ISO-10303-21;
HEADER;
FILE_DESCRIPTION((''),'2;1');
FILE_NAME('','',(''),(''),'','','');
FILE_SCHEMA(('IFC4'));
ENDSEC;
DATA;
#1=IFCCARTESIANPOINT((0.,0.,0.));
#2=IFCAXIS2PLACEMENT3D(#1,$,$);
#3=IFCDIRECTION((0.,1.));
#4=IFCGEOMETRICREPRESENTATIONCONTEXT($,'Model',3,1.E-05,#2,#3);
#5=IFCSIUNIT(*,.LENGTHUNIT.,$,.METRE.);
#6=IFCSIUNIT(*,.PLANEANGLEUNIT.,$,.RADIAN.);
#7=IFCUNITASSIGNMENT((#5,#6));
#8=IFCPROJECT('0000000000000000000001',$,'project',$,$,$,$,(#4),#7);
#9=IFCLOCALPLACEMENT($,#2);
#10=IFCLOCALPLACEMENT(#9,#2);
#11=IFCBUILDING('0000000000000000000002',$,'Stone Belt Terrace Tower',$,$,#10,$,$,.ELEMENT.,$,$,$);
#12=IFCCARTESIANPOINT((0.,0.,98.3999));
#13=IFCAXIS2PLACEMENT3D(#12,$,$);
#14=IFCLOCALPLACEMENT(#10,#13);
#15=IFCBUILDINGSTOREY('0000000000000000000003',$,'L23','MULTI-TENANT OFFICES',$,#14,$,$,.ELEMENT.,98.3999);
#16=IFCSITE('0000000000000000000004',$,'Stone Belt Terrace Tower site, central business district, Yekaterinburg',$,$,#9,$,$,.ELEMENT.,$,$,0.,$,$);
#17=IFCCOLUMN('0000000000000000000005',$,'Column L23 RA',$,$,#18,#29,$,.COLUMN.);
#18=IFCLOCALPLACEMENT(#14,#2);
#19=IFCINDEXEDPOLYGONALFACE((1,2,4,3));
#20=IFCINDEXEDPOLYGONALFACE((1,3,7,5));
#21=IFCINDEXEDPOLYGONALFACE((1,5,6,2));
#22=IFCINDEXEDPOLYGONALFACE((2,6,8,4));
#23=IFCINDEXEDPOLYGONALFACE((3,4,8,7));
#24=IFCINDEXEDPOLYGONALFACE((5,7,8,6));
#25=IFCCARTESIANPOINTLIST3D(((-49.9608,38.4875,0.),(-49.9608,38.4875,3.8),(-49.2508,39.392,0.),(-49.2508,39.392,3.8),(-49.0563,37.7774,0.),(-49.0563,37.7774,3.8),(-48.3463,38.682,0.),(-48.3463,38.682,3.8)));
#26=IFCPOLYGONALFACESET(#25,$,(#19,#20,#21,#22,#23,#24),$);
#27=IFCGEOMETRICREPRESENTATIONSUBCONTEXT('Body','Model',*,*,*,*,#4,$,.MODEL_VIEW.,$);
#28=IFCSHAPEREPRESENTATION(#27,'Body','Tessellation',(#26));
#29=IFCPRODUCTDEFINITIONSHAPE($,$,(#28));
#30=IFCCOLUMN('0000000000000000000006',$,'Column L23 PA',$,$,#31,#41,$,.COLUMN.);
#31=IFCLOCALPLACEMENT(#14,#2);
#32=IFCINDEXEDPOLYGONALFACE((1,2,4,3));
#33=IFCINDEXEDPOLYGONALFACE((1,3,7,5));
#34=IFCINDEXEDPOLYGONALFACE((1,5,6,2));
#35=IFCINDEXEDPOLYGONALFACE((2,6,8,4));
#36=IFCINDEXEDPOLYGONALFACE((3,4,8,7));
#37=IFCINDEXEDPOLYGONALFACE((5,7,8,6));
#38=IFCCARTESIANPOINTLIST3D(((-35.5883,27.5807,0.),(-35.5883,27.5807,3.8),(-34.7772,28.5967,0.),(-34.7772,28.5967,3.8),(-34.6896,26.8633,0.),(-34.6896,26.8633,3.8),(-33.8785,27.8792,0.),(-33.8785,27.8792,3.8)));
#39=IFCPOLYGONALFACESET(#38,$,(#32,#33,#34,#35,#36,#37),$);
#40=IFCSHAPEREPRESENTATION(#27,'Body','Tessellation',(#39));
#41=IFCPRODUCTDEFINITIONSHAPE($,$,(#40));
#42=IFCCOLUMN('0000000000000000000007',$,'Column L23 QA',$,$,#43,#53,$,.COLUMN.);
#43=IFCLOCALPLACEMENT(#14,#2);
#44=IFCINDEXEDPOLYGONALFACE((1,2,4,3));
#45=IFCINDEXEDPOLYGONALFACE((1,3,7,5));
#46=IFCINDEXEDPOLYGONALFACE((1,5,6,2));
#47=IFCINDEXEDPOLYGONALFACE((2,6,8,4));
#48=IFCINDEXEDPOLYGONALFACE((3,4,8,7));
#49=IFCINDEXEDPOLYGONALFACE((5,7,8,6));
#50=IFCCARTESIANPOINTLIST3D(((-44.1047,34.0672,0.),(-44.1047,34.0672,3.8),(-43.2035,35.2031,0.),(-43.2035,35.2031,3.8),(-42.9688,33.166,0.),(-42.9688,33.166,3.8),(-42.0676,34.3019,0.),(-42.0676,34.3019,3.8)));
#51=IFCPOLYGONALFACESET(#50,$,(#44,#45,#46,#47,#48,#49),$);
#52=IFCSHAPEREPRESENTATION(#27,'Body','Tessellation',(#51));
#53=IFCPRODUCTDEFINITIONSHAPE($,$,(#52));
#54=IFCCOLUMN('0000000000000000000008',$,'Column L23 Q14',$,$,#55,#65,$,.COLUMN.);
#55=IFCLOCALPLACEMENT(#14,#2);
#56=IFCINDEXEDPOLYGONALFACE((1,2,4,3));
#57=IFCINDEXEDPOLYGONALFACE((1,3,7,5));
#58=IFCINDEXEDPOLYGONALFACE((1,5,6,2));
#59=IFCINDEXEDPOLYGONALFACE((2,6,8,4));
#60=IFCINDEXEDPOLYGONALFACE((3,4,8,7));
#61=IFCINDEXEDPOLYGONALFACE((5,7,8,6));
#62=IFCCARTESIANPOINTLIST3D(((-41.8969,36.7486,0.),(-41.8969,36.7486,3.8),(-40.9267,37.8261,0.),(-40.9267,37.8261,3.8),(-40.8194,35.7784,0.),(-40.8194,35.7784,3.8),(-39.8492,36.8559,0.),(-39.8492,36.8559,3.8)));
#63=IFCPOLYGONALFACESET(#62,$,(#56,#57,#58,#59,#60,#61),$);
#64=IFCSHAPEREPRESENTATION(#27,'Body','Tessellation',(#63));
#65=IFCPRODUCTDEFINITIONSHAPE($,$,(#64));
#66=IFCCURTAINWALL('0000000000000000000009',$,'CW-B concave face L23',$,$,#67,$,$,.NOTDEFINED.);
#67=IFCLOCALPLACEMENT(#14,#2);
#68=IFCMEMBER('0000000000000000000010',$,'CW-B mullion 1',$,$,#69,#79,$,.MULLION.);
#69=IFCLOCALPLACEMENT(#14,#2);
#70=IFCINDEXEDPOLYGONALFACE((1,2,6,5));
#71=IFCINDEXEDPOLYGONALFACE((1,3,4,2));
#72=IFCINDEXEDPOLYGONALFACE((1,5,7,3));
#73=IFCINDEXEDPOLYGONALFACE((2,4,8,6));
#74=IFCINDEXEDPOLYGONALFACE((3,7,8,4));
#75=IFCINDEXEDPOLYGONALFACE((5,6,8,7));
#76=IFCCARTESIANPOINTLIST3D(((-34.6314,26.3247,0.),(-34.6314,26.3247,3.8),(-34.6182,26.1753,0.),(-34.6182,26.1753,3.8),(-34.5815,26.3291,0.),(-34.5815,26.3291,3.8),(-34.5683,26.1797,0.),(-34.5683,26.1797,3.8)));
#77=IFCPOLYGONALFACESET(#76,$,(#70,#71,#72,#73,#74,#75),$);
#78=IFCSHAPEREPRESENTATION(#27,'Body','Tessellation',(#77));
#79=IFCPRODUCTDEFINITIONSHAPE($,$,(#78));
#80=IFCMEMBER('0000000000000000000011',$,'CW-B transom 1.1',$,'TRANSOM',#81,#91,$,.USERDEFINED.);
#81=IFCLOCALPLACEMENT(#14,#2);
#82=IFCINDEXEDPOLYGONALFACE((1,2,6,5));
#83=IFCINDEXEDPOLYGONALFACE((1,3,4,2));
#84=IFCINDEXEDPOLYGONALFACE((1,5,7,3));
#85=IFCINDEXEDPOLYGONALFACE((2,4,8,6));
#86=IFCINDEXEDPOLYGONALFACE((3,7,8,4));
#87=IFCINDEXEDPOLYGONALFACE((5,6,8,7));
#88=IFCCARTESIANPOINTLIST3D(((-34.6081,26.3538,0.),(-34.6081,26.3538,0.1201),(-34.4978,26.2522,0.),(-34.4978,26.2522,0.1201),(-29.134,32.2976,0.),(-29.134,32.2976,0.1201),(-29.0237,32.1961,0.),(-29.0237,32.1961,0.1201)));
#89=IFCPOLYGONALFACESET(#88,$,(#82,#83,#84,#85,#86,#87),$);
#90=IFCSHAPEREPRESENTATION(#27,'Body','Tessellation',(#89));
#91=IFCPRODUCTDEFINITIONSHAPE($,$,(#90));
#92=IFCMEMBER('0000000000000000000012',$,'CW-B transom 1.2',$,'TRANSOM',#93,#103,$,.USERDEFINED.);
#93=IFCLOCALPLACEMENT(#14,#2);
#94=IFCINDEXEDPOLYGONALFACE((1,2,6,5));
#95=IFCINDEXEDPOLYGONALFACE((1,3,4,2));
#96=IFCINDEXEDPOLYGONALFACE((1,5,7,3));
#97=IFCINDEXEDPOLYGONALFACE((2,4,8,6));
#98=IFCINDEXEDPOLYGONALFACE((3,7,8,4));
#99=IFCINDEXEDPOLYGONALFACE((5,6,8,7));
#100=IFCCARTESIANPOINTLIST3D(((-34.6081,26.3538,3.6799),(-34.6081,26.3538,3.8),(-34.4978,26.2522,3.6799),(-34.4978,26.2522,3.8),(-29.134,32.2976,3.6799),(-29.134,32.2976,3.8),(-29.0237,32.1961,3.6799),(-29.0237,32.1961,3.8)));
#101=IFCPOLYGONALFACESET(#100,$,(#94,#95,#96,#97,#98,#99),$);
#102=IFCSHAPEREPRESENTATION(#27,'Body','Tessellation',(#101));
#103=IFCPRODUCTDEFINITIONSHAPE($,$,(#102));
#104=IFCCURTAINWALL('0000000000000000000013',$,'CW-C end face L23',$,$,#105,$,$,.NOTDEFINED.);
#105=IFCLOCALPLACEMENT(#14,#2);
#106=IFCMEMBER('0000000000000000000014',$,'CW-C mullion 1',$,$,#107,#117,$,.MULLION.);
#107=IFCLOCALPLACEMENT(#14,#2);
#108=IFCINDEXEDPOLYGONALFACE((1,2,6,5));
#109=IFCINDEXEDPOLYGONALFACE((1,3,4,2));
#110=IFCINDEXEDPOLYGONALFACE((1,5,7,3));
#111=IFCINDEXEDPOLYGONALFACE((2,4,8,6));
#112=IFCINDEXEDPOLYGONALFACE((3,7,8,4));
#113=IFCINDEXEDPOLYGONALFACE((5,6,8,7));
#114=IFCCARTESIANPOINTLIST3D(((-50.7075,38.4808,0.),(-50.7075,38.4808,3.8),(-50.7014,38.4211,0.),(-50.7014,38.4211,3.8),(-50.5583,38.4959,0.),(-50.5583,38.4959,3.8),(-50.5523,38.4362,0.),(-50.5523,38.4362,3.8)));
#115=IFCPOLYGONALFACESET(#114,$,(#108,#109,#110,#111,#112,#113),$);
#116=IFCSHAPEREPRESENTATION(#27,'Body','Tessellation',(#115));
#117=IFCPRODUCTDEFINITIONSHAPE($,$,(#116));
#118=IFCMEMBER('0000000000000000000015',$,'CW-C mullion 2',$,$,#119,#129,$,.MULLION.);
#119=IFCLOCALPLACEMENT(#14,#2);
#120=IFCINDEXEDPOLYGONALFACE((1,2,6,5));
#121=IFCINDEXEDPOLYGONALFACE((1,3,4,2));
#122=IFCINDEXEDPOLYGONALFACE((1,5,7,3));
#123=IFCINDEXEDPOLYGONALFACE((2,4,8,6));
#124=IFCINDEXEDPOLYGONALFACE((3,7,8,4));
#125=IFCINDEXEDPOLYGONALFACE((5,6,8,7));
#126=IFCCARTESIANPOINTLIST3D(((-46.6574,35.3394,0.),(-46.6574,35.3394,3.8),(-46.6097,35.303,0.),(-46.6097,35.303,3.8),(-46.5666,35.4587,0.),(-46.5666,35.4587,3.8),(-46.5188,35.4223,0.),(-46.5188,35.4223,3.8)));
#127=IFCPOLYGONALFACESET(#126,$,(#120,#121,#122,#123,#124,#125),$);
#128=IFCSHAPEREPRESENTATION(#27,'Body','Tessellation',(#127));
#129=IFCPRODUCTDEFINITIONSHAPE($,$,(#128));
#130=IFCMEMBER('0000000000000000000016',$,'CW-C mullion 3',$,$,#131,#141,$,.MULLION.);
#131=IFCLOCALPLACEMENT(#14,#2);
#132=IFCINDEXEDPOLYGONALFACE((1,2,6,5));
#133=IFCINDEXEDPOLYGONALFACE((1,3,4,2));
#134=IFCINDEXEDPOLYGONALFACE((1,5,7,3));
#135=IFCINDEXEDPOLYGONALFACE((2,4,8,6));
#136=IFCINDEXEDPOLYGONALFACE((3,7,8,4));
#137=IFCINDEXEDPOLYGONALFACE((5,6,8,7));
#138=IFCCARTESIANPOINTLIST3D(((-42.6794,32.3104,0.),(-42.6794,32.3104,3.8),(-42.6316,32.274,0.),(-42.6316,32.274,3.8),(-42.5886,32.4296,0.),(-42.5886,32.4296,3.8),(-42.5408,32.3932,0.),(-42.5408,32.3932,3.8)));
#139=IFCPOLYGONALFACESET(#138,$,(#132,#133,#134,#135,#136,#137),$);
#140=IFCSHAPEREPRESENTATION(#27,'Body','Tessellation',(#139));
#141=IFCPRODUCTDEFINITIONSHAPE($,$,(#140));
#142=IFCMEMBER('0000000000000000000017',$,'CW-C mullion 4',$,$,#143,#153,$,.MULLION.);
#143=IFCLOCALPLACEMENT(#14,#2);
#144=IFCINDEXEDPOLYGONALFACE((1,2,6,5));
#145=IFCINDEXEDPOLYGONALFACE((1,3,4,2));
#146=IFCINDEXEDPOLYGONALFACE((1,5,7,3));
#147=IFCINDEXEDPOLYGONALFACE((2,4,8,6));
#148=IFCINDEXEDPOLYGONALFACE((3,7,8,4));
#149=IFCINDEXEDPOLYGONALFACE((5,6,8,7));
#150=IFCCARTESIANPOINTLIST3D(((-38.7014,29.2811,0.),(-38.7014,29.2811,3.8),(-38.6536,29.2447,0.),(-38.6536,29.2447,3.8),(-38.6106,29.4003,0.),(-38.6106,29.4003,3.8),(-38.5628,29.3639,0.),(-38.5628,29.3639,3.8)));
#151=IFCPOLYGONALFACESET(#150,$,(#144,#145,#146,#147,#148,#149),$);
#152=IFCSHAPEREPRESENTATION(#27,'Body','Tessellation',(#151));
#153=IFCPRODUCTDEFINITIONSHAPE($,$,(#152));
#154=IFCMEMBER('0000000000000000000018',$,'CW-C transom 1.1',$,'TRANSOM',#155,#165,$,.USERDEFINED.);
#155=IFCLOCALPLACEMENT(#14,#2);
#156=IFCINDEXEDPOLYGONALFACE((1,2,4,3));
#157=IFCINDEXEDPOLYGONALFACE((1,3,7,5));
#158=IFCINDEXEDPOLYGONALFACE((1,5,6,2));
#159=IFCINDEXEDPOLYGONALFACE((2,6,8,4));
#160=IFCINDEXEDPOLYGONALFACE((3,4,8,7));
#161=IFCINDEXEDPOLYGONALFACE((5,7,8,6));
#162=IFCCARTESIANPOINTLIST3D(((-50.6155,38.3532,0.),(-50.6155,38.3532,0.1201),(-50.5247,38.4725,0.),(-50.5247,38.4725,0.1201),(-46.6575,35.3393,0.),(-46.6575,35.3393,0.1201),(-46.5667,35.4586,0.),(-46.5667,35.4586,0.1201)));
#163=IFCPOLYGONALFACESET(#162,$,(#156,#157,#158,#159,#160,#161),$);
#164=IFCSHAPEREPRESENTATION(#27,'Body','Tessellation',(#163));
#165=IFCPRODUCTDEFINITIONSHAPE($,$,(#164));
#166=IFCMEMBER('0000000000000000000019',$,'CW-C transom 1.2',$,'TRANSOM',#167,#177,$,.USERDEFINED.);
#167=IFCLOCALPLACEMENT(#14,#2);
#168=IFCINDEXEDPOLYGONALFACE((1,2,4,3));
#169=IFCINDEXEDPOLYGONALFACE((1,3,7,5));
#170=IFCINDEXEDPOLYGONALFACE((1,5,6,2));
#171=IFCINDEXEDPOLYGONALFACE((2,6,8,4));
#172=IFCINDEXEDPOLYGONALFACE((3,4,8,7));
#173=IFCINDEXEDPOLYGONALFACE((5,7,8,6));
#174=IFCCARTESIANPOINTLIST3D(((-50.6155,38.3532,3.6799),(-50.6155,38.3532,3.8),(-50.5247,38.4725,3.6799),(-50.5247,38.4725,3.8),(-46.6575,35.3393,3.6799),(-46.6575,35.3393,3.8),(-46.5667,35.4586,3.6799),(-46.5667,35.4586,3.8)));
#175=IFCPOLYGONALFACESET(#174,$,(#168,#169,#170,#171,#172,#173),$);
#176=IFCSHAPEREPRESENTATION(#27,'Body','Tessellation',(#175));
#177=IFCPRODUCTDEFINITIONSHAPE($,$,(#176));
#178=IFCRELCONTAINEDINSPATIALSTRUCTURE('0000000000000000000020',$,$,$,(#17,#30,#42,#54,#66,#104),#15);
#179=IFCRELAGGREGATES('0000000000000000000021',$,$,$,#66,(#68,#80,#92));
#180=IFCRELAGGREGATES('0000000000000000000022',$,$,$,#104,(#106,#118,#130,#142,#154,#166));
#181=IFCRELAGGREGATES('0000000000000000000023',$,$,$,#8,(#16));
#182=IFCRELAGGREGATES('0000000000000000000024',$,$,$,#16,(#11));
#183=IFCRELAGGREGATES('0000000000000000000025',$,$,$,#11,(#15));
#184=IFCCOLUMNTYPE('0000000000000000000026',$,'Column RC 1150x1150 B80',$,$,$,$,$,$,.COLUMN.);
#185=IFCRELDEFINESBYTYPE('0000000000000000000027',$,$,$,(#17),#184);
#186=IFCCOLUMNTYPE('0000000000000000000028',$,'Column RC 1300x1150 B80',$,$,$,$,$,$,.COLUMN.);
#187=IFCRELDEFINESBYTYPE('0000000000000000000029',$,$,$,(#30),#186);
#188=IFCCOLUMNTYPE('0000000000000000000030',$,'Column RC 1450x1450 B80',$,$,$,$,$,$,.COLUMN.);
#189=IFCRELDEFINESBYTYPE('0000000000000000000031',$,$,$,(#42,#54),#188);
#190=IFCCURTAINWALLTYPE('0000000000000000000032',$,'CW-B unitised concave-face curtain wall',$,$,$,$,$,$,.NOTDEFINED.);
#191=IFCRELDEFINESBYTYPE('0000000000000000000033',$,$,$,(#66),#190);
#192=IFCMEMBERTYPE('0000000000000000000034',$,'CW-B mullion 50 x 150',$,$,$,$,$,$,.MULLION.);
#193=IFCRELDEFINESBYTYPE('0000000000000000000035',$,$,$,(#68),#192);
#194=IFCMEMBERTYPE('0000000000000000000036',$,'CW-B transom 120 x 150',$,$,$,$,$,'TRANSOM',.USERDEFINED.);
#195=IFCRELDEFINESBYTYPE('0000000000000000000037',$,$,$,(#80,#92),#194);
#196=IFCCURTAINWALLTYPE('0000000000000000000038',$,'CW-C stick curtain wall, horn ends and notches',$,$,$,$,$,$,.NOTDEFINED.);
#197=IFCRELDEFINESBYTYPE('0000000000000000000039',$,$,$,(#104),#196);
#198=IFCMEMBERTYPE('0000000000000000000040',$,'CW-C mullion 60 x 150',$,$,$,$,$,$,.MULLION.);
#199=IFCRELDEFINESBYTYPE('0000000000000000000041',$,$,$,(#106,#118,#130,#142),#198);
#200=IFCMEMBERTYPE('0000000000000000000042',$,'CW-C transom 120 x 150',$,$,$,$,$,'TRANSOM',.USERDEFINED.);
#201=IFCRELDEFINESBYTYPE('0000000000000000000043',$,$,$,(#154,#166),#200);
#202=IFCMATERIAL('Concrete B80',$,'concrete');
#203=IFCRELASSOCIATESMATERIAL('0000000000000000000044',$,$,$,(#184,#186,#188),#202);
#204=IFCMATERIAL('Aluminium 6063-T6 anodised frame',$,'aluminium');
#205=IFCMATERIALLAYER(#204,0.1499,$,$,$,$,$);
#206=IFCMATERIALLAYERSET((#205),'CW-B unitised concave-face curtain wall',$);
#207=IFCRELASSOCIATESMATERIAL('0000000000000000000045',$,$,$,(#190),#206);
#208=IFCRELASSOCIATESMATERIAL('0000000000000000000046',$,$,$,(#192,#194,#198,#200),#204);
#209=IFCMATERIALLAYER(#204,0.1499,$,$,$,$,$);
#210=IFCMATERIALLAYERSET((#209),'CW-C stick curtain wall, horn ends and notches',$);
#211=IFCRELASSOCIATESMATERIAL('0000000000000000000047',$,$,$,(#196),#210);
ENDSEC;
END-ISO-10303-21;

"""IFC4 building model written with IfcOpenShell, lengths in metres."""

from ifc_helpers import new_model, si_unit, direction, frame, origin, origin_2d, place, context, subcontext, project, spatial, rectangle, extrude, material, layer, layer_set, material_profile, profile_set, type_object, element, aggregate, save


model = new_model("IFC4")

# Units and contexts
model_context = context("Model", 3, precision=1e-05, world=origin(), true_north=direction((0.0, 1.0)))
body_context = subcontext(model_context, "Body", "Model", "MODEL_VIEW")
ifc_project = project(units=[si_unit("LENGTHUNIT", "METRE"), si_unit("PLANEANGLEUNIT", "RADIAN")], contexts=[model_context])

# Site, building, storey
site_placement = place(None, origin())
site = spatial("IfcSite", under=ifc_project, at=site_placement, Name="Stone Belt Terrace Tower site, central business district, Yekaterinburg", CompositionType="ELEMENT", RefElevation=0.0)
building_placement = place(site_placement, origin())
building = spatial("IfcBuilding", under=site, at=building_placement, Name="Stone Belt Terrace Tower", CompositionType="ELEMENT")
storey_placement = place(building_placement, frame((0.0, 0.0, 98.3999)))
storey = spatial("IfcBuildingStorey", under=building, at=storey_placement, Name="L23", Description="MULTI-TENANT OFFICES", CompositionType="ELEMENT", Elevation=98.3999)

# Columns
ifc_material_1 = material(Name="Concrete B80", Category="concrete")
ifc_material_profile_1 = material_profile(ifc_material_1, rectangle(XDim=1.1499, YDim=1.1499, at=origin_2d()), Name="RC 1150x1150")
ifc_profile_set_1 = profile_set([ifc_material_profile_1], Name="Concrete B80")
column_type_1 = type_object("IfcColumnType", Name="Column RC 1150x1150 B80", PredefinedType="COLUMN", material=ifc_profile_set_1)
column_1_placement = place(storey_placement, frame((-49.1536, 38.5847, 0.0), z_axis=(0.0, 0.0, 1.0), x_axis=(0.617467, 0.786597, 0.0)))
element("IfcColumn", 1, at=column_1_placement, inside=storey, type_object=column_type_1, Name="Column L23 RA", PredefinedType="COLUMN", context=body_context, shape_type="SweptSolid", body=[
    extrude(rectangle(XDim=1.1499, YDim=1.1499, at=origin_2d()), origin(), (0.0, 0.0, 1.0), 3.8),
])
ifc_material_profile_2 = material_profile(ifc_material_1, rectangle(XDim=1.3, YDim=1.1499, at=origin_2d()), Name="RC 1300x1150")
ifc_profile_set_2 = profile_set([ifc_material_profile_2], Name="Concrete B80")
column_type_2 = type_object("IfcColumnType", Name="Column RC 1300x1150 B80", PredefinedType="COLUMN", material=ifc_profile_set_2)
column_2_placement = place(storey_placement, frame((-34.7334, 27.73, 0.0), z_axis=(0.0, 0.0, 1.0), x_axis=(0.623918, 0.78149, 0.0)))
element("IfcColumn", 2, at=column_2_placement, inside=storey, type_object=column_type_2, Name="Column L23 PA", PredefinedType="COLUMN", context=body_context, shape_type="SweptSolid", body=[
    extrude(rectangle(XDim=1.3, YDim=1.1499, at=origin_2d()), origin(), (0.0, 0.0, 1.0), 3.8),
])
ifc_material_profile_3 = material_profile(ifc_material_1, rectangle(XDim=1.45, YDim=1.45, at=origin_2d()), Name="RC 1450x1450")
ifc_profile_set_3 = profile_set([ifc_material_profile_3], Name="Concrete B80")
column_type_3 = type_object("IfcColumnType", Name="Column RC 1450x1450 B80", PredefinedType="COLUMN", material=ifc_profile_set_3)
for number, where, z_axis, x_axis, name in (
    (3, (-43.0862, 34.1846, 0.0), (0.0, 0.0, 1.0), (0.621539, 0.783383, 0.0), "Column L23 QA"),
    (4, (-40.873, 36.8022, 0.0), (0.0, 0.0, 1.0), (0.669131, 0.743145, 0.0), "Column L23 Q14"),
):
    element("IfcColumn", number, at=place(storey_placement, frame(where, z_axis=z_axis, x_axis=x_axis)), inside=storey, type_object=column_type_3, Name=name, PredefinedType="COLUMN", context=body_context, shape_type="SweptSolid", body=[
        extrude(rectangle(XDim=1.45, YDim=1.45, at=origin_2d()), origin(), (0.0, 0.0, 1.0), 3.8),
    ])

# Curtain walls, members
ifc_material_2 = material(Name="Aluminium 6063-T6 anodised frame", Category="aluminium")
ifc_layer_1 = layer(ifc_material_2, 0.1499)
ifc_layer_set_1 = layer_set([ifc_layer_1], Name="CW-B unitised concave-face curtain wall")
curtain_wall_type_1 = type_object("IfcCurtainWallType", Name="CW-B unitised concave-face curtain wall", PredefinedType="NOTDEFINED", material=ifc_layer_set_1)
curtain_wall_1_placement = place(storey_placement, origin())
curtain_wall_1 = element("IfcCurtainWall", 5, at=curtain_wall_1_placement, inside=storey, type_object=curtain_wall_type_1, Name="CW-B concave face L23", PredefinedType="NOTDEFINED")
ifc_material_profile_4 = material_profile(ifc_material_2, rectangle(XDim=0.1499, YDim=0.05, at=origin_2d()), Name="Aluminium 6063-T6 50x150")
ifc_profile_set_4 = profile_set([ifc_material_profile_4], Name="Aluminium 6063-T6 anodised frame")
member_type_1 = type_object("IfcMemberType", Name="CW-B mullion 50 x 150", PredefinedType="MULLION", material=ifc_profile_set_4)
member_1_placement = place(storey_placement, frame((-34.5999, 26.2522, 0.0), z_axis=(0.0, 0.0, 1.0), x_axis=(-0.087748, 0.996143, 0.0)))
member_1 = element("IfcMember", 6, at=member_1_placement, type_object=member_type_1, Name="CW-B mullion 1", PredefinedType="MULLION", context=body_context, shape_type="SweptSolid", body=[
    extrude(rectangle(XDim=0.1499, YDim=0.05, at=origin_2d()), origin(), (0.0, 0.0, 1.0), 3.8),
])
ifc_material_profile_5 = material_profile(ifc_material_2, rectangle(XDim=0.1499, YDim=0.1201, at=origin_2d()), Name="Aluminium 6063-T6 150x120")
ifc_profile_set_5 = profile_set([ifc_material_profile_5], Name="Aluminium 6063-T6 anodised frame")
member_type_2 = type_object("IfcMemberType", Name="CW-B transom 120 x 150", ElementType="TRANSOM", PredefinedType="USERDEFINED", material=ifc_profile_set_5)
member_2_placement = place(storey_placement, frame((-34.553, 26.303, 0.0601), z_axis=(0.677444, 0.735574, 0.0), x_axis=(-0.735574, 0.677444, 0.0)))
member_2 = element("IfcMember", 7, at=member_2_placement, type_object=member_type_2, Name="CW-B transom 1.1", ObjectType="TRANSOM", PredefinedType="USERDEFINED", context=body_context, shape_type="SweptSolid", body=[
    extrude(rectangle(XDim=0.1499, YDim=0.1201, at=origin_2d()), origin(), (0.0, 0.0, 1.0), 8.0806),
])
member_3_placement = place(storey_placement, frame((-34.553, 26.303, 3.74), z_axis=(0.677444, 0.735574, 0.0), x_axis=(-0.735574, 0.677444, 0.0)))
member_3 = element("IfcMember", 8, at=member_3_placement, type_object=member_type_2, Name="CW-B transom 1.2", ObjectType="TRANSOM", PredefinedType="USERDEFINED", context=body_context, shape_type="SweptSolid", body=[
    extrude(rectangle(XDim=0.1499, YDim=0.1201, at=origin_2d()), origin(), (0.0, 0.0, 1.0), 8.0806),
])
aggregate(curtain_wall_1, [member_1, member_2, member_3])
ifc_layer_2 = layer(ifc_material_2, 0.1499)
ifc_layer_set_2 = layer_set([ifc_layer_2], Name="CW-C stick curtain wall, horn ends and notches")
curtain_wall_type_2 = type_object("IfcCurtainWallType", Name="CW-C stick curtain wall, horn ends and notches", PredefinedType="NOTDEFINED", material=ifc_layer_set_2)
curtain_wall_2_placement = place(storey_placement, origin())
curtain_wall_2 = element("IfcCurtainWall", 9, at=curtain_wall_2_placement, inside=storey, type_object=curtain_wall_type_2, Name="CW-C end face L23", PredefinedType="NOTDEFINED")
ifc_material_profile_6 = material_profile(ifc_material_2, rectangle(XDim=0.1499, YDim=0.0601, at=origin_2d()), Name="Aluminium 6063-T6 60x150")
ifc_profile_set_6 = profile_set([ifc_material_profile_6], Name="Aluminium 6063-T6 anodised frame")
member_type_3 = type_object("IfcMemberType", Name="CW-C mullion 60 x 150", PredefinedType="MULLION", material=ifc_profile_set_6)
member_4_placement = place(storey_placement, frame((-50.6299, 38.4585, 0.0), z_axis=(0.0, 0.0, 1.0), x_axis=(0.994927, 0.100597, 0.0)))
member_4 = element("IfcMember", 10, at=member_4_placement, type_object=member_type_3, Name="CW-C mullion 1", PredefinedType="MULLION", context=body_context, shape_type="SweptSolid", body=[
    extrude(rectangle(XDim=0.1499, YDim=0.0601, at=origin_2d()), origin(), (0.0, 0.0, 1.0), 3.8),
])
member_5_placement = place(storey_placement, frame((-46.5881, 35.3809, 0.0), z_axis=(0.0, 0.0, 1.0), x_axis=(0.60582, 0.795602, 0.0)))
member_5 = element("IfcMember", 11, at=member_5_placement, type_object=member_type_3, Name="CW-C mullion 2", PredefinedType="MULLION", context=body_context, shape_type="SweptSolid", body=[
    extrude(rectangle(XDim=0.1499, YDim=0.0601, at=origin_2d()), origin(), (0.0, 0.0, 1.0), 3.8),
])
member_6_placement = place(storey_placement, frame((-42.6101, 32.3518, 0.0), z_axis=(0.0, 0.0, 1.0), x_axis=(0.60582, 0.795602, 0.0)))
member_6 = element("IfcMember", 12, at=member_6_placement, type_object=member_type_3, Name="CW-C mullion 3", PredefinedType="MULLION", context=body_context, shape_type="SweptSolid", body=[
    extrude(rectangle(XDim=0.1499, YDim=0.0601, at=origin_2d()), origin(), (0.0, 0.0, 1.0), 3.8),
])
member_7_placement = place(storey_placement, frame((-38.6321, 29.3225, 0.0), z_axis=(0.0, 0.0, 1.0), x_axis=(0.60582, 0.795602, 0.0)))
member_7 = element("IfcMember", 13, at=member_7_placement, type_object=member_type_3, Name="CW-C mullion 4", PredefinedType="MULLION", context=body_context, shape_type="SweptSolid", body=[
    extrude(rectangle(XDim=0.1499, YDim=0.0601, at=origin_2d()), origin(), (0.0, 0.0, 1.0), 3.8),
])
ifc_material_profile_7 = material_profile(ifc_material_2, rectangle(XDim=0.1499, YDim=0.1201, at=origin_2d()), Name="Aluminium 6063-T6 150x120")
ifc_profile_set_7 = profile_set([ifc_material_profile_7], Name="Aluminium 6063-T6 anodised frame")
member_type_4 = type_object("IfcMemberType", Name="CW-C transom 120 x 150", ElementType="TRANSOM", PredefinedType="USERDEFINED", material=ifc_profile_set_7)
member_8_placement = place(storey_placement, frame((-50.5701, 38.4128, 0.0601), z_axis=(0.795597, -0.605826, 0.0), x_axis=(0.605826, 0.795597, 0.0)))
member_8 = element("IfcMember", 14, at=member_8_placement, type_object=member_type_4, Name="CW-C transom 1.1", ObjectType="TRANSOM", PredefinedType="USERDEFINED", context=body_context, shape_type="SweptSolid", body=[
    extrude(rectangle(XDim=0.1499, YDim=0.1201, at=origin_2d()), origin(), (0.0, 0.0, 1.0), 4.9749),
])
member_9_placement = place(storey_placement, frame((-50.5701, 38.4128, 3.74), z_axis=(0.795597, -0.605826, 0.0), x_axis=(0.605826, 0.795597, 0.0)))
member_9 = element("IfcMember", 15, at=member_9_placement, type_object=member_type_4, Name="CW-C transom 1.2", ObjectType="TRANSOM", PredefinedType="USERDEFINED", context=body_context, shape_type="SweptSolid", body=[
    extrude(rectangle(XDim=0.1499, YDim=0.1201, at=origin_2d()), origin(), (0.0, 0.0, 1.0), 4.9749),
])

aggregate(curtain_wall_2, [member_4, member_5, member_6, member_7, member_8, member_9])

save(model, "model.ifc")
